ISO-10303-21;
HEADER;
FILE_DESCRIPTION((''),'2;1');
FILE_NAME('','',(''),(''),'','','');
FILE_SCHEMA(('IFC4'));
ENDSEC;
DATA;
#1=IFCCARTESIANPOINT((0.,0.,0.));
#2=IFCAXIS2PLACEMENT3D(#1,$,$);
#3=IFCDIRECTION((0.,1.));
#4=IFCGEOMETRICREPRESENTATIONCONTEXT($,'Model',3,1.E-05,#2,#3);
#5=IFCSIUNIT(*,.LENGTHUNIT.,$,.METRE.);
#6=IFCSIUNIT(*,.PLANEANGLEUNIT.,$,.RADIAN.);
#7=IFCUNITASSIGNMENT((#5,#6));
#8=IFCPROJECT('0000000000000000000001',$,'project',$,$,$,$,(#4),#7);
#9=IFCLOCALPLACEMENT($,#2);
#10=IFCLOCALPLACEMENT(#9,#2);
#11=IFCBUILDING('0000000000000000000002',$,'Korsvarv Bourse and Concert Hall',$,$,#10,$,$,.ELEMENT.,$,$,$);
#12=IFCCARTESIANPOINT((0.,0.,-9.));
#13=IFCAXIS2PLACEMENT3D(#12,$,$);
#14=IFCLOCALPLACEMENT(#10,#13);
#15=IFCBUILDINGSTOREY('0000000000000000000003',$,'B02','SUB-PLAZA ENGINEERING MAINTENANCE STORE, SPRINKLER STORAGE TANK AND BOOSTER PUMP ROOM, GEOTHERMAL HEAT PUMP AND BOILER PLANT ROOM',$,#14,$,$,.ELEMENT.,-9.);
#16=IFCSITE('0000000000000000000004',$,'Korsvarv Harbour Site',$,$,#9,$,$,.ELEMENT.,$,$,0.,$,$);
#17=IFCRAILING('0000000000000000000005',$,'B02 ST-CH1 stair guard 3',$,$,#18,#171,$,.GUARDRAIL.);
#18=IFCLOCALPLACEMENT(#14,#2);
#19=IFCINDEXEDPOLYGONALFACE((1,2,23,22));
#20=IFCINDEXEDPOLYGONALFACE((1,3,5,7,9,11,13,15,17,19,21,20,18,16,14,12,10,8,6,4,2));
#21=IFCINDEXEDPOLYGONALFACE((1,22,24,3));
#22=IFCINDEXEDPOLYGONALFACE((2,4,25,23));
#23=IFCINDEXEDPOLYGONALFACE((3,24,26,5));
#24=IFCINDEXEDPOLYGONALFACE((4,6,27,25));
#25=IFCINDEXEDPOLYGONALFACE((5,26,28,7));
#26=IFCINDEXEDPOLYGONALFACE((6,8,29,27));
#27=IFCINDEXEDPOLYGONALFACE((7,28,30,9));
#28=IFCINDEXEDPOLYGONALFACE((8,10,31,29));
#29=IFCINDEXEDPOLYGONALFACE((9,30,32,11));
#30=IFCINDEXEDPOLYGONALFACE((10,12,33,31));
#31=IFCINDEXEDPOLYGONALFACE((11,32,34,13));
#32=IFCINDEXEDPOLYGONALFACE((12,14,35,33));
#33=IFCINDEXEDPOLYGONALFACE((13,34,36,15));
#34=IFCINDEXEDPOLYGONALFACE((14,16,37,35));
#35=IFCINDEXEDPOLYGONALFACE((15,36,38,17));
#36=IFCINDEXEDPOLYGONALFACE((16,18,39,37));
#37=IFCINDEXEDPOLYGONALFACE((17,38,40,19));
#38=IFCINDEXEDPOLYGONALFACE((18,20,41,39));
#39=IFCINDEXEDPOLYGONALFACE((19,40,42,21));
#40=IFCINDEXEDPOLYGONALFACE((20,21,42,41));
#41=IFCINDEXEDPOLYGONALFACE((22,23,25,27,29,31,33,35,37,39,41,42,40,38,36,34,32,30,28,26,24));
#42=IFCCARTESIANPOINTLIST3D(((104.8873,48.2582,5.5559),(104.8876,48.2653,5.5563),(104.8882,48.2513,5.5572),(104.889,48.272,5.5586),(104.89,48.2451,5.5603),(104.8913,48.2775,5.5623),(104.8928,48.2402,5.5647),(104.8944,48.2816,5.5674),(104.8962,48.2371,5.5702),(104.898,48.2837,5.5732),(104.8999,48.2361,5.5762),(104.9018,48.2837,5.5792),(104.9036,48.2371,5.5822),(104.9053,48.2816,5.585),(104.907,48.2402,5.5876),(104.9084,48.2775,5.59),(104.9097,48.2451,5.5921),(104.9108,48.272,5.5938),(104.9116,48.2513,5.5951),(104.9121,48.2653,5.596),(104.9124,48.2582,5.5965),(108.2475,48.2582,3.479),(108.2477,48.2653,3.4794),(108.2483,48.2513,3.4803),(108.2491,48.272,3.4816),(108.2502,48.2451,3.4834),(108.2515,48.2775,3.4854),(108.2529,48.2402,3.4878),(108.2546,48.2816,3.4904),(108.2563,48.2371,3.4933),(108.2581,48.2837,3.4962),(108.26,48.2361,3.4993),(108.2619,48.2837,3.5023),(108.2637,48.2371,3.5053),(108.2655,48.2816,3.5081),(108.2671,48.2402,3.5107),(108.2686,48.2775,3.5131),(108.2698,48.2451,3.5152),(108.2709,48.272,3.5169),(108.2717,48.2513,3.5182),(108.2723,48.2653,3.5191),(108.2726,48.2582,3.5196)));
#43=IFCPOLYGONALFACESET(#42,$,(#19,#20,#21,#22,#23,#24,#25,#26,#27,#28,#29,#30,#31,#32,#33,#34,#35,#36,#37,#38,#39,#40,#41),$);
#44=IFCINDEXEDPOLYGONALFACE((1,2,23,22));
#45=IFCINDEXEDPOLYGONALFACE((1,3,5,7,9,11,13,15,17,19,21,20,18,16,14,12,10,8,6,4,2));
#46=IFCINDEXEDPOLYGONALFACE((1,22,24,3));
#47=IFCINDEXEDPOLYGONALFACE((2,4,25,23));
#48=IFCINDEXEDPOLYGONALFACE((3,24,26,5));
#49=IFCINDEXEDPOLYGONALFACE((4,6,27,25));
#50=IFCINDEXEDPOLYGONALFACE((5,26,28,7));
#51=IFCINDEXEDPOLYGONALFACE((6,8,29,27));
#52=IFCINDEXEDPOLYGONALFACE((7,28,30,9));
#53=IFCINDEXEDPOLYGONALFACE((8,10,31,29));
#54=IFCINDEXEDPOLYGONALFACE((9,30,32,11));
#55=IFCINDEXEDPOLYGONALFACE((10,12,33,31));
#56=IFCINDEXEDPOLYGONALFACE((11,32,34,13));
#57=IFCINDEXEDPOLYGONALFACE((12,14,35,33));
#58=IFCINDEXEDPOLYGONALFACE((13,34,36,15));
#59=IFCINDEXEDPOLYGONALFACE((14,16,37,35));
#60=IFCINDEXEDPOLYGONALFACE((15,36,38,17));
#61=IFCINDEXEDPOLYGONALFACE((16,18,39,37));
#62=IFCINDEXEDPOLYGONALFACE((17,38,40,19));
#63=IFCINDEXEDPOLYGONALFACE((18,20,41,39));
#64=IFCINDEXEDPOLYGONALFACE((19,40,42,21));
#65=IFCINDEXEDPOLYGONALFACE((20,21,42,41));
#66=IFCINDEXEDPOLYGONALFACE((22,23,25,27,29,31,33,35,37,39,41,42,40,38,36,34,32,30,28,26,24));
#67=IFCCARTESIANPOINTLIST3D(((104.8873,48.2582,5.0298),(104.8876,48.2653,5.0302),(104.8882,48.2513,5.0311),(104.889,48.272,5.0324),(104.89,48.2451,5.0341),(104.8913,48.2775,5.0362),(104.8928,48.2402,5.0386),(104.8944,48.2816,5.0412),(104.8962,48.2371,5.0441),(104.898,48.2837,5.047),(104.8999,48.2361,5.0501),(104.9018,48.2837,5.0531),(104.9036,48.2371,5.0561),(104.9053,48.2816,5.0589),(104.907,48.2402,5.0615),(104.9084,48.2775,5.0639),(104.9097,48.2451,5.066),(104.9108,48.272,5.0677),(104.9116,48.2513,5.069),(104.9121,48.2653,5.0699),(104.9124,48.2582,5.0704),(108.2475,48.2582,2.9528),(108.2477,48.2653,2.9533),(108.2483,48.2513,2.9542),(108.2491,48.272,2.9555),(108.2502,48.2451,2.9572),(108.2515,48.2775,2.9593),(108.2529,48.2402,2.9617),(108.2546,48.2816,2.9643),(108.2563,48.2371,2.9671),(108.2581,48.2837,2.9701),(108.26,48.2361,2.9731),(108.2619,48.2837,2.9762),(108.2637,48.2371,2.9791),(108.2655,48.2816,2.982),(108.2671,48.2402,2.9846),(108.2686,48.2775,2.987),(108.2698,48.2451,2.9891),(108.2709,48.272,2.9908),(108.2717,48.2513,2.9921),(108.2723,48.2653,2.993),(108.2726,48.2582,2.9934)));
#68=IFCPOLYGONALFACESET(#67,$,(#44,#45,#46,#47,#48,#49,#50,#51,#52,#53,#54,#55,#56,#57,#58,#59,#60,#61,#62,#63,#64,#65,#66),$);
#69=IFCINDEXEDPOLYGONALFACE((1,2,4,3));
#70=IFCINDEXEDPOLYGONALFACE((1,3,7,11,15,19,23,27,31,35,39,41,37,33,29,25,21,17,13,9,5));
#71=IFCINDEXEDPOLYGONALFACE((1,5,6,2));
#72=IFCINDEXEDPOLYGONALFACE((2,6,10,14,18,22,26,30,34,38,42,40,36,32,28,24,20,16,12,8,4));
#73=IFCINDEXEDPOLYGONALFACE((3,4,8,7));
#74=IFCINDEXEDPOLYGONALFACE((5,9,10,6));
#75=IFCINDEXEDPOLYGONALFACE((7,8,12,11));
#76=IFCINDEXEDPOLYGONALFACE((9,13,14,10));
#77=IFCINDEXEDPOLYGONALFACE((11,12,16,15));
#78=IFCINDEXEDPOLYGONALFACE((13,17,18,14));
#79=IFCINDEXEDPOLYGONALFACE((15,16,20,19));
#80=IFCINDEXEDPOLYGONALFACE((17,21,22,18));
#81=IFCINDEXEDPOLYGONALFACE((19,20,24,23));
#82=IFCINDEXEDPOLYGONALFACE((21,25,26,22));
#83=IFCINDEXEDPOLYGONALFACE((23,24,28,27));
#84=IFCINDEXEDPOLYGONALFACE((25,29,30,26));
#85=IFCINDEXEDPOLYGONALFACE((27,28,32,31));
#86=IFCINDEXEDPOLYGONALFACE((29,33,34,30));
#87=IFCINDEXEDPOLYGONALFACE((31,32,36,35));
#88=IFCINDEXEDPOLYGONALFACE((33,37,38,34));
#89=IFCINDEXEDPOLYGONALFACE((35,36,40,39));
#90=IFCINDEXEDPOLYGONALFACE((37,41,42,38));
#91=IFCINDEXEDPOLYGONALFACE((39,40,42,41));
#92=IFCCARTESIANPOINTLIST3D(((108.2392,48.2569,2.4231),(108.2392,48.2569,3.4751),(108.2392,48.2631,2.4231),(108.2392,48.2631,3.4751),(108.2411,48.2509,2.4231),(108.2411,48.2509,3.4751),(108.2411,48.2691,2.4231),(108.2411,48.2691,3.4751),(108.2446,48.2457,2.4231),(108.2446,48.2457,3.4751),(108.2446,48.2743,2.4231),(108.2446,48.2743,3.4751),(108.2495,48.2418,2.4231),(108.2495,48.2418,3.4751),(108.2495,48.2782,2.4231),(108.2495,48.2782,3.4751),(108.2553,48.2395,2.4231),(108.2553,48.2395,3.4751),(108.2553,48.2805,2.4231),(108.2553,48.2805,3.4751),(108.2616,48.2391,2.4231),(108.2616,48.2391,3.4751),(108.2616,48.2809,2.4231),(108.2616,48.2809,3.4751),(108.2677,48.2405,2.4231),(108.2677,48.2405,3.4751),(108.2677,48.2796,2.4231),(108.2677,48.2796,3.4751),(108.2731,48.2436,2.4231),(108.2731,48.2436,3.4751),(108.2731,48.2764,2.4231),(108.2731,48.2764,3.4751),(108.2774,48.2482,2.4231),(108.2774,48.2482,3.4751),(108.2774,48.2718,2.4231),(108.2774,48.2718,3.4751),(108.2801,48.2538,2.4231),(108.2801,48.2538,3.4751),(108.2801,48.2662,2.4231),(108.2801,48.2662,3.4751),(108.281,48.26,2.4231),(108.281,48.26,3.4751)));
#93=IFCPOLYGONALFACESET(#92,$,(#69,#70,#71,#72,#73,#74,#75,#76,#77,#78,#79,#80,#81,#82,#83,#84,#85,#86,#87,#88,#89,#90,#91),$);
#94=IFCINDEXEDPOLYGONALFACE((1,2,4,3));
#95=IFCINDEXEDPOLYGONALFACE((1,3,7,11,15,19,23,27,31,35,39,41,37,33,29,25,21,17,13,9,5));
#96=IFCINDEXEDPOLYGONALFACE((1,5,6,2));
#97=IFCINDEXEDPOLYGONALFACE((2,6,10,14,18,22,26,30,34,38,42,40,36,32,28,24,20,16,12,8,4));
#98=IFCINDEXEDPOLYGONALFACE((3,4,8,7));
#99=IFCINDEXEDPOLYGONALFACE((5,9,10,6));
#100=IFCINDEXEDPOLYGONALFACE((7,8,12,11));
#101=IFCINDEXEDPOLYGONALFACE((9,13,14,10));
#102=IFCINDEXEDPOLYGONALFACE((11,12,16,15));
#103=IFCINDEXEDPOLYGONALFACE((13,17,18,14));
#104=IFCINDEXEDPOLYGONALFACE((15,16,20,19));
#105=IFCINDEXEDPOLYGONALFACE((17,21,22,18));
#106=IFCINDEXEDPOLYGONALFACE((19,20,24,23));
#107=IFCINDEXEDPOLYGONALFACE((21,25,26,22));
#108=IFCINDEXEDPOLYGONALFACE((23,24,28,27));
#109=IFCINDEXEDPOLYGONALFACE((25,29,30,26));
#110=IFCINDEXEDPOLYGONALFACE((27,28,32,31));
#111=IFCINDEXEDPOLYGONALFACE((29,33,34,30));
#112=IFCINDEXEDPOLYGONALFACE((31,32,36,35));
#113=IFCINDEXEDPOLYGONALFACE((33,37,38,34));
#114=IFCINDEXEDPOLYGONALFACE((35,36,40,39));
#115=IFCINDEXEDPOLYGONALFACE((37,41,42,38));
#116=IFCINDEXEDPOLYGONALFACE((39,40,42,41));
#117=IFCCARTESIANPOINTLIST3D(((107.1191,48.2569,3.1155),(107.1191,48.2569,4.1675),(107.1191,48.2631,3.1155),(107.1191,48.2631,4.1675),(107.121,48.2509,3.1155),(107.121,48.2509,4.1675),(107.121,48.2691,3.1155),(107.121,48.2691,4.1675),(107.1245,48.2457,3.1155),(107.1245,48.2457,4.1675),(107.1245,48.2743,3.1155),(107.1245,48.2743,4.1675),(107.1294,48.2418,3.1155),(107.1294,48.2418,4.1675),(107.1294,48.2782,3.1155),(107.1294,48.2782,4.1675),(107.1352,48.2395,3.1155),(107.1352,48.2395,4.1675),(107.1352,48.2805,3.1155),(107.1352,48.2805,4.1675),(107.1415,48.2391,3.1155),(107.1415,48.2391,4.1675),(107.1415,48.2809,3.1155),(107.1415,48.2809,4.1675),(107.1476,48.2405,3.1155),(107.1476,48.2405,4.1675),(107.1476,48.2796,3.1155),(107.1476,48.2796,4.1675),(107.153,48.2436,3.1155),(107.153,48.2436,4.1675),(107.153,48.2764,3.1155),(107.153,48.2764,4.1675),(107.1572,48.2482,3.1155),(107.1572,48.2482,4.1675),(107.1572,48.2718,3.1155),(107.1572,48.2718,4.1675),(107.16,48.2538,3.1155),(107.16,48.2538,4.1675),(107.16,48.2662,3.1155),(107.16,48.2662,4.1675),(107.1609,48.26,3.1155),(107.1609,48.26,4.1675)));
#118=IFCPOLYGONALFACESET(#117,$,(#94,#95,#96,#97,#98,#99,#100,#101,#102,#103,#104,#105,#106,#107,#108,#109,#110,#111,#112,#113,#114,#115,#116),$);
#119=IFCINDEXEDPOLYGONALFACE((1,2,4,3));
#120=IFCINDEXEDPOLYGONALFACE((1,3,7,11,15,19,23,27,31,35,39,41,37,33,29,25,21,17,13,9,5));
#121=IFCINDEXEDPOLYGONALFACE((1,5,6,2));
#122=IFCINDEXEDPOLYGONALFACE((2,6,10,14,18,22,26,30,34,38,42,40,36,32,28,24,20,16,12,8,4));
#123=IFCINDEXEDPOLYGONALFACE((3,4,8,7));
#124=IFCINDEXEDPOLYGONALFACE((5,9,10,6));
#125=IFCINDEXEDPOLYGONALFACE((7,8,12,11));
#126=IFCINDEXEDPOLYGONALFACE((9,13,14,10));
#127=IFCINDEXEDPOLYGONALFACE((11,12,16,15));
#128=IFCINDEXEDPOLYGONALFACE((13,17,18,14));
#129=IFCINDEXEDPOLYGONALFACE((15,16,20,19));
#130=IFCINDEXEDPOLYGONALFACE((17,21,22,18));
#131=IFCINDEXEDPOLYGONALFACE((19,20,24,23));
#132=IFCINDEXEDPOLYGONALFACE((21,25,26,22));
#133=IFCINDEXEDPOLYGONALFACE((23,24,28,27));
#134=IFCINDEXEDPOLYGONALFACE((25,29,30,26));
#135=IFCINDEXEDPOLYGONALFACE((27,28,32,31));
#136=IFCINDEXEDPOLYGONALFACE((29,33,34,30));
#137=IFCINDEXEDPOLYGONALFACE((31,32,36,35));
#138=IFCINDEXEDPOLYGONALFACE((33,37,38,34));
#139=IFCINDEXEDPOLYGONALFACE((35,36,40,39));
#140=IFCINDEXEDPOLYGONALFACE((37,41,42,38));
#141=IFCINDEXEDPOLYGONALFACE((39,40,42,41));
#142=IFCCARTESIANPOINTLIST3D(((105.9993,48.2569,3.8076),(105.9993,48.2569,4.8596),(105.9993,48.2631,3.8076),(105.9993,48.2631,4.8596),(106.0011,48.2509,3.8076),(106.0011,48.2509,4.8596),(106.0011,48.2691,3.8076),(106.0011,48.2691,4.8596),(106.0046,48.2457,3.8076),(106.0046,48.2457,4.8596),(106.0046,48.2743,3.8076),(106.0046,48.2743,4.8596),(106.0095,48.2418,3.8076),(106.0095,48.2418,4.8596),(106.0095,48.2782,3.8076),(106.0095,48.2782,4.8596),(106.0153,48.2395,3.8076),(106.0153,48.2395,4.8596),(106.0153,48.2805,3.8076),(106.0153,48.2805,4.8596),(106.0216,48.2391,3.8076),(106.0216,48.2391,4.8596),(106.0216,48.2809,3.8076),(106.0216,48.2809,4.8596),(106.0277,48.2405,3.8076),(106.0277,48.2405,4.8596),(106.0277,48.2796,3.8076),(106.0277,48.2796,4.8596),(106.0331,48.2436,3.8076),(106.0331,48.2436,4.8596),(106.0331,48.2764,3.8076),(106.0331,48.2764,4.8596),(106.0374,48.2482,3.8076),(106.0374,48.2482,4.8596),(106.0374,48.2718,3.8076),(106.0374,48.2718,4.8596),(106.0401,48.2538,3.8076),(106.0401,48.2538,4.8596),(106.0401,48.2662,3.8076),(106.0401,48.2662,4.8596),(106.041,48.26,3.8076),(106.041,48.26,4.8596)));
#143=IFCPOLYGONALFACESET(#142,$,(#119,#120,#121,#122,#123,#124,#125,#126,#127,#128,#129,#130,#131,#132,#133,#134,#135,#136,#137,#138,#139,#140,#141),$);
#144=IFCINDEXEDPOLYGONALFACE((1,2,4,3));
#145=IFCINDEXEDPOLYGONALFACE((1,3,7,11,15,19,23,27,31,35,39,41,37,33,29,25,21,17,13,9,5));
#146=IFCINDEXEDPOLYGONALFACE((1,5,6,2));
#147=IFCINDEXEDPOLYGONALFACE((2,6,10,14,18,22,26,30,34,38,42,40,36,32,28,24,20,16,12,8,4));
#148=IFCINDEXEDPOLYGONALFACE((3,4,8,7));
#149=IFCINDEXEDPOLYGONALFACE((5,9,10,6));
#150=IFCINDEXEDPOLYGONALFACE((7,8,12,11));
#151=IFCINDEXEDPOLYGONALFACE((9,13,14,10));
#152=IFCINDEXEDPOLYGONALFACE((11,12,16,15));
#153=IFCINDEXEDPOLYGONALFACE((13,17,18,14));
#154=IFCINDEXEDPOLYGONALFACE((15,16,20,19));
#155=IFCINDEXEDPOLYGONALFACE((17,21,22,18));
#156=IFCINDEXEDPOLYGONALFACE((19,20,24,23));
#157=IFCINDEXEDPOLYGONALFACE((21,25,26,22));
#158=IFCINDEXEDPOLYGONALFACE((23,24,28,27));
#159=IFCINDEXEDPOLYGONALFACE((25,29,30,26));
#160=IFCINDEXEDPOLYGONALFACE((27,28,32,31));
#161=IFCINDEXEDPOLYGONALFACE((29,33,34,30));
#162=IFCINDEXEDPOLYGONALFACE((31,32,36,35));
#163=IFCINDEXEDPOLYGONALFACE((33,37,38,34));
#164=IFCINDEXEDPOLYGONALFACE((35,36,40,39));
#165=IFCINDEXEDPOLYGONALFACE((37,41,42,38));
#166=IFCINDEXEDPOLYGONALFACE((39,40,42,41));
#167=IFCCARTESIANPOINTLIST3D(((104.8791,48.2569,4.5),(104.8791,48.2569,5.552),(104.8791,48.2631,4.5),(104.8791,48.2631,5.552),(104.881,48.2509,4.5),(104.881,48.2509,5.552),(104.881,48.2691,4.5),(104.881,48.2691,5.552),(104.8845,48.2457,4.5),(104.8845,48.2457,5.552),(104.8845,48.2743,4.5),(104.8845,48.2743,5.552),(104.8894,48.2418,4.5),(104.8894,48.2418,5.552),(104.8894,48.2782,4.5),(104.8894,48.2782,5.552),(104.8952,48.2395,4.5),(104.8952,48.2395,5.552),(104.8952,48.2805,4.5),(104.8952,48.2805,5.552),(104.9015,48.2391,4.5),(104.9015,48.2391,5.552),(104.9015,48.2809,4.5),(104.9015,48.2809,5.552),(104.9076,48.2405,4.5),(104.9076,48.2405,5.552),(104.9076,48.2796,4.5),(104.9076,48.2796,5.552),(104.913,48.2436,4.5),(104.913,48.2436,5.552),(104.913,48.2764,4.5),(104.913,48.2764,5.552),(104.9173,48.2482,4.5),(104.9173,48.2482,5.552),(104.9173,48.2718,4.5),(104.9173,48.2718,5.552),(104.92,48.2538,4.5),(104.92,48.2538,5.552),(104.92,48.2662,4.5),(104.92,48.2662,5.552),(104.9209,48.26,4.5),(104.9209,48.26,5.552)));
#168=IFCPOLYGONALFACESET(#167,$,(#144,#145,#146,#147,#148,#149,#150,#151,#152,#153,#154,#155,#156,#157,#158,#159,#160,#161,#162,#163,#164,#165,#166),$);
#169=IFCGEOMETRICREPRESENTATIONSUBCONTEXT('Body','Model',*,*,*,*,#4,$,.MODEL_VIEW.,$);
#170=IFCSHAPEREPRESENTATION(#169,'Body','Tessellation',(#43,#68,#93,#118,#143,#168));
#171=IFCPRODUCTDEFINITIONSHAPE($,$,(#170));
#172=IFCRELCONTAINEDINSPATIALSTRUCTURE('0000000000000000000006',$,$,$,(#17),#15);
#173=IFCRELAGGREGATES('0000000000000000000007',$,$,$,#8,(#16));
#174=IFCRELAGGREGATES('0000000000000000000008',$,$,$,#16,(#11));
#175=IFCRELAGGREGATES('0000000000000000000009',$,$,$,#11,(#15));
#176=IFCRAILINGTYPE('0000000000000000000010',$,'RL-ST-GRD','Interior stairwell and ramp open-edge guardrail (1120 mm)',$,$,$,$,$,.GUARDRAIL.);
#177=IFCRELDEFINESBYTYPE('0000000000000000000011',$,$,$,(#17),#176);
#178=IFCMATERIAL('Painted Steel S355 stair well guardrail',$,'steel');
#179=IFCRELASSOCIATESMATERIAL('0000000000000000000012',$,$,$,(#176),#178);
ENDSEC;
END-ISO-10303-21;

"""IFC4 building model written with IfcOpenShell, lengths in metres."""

from ifc_helpers import new_model, si_unit, direction, frame, origin, origin_2d, place, context, subcontext, project, spatial, circle, extrude, material, type_object, element, save


model = new_model("IFC4")

# Units and contexts
model_context = context("Model", 3, precision=1e-05, world=origin(), true_north=direction((0.0, 1.0)))
body_context = subcontext(model_context, "Body", "Model", "MODEL_VIEW")
ifc_project = project(units=[si_unit("LENGTHUNIT", "METRE"), si_unit("PLANEANGLEUNIT", "RADIAN")], contexts=[model_context])

# Site, building, storey
site_placement = place(None, origin())
site = spatial("IfcSite", under=ifc_project, at=site_placement, Name="Korsvarv Harbour Site", CompositionType="ELEMENT", RefElevation=0.0)
building_placement = place(site_placement, origin())
building = spatial("IfcBuilding", under=site, at=building_placement, Name="Korsvarv Bourse and Concert Hall", CompositionType="ELEMENT")
storey_placement = place(building_placement, frame((0.0, 0.0, -9.0)))
storey = spatial("IfcBuildingStorey", under=building, at=storey_placement, Name="B02", Description="SUB-PLAZA ENGINEERING MAINTENANCE STORE, SPRINKLER STORAGE TANK AND BOOSTER PUMP ROOM, GEOTHERMAL HEAT PUMP AND BOILER PLANT ROOM", CompositionType="ELEMENT", Elevation=-9.0)

# Railing
ifc_material_1 = material(Name="Painted Steel S355 stair well guardrail", Category="steel")
railing_type_1 = type_object("IfcRailingType", Name="RL-ST-GRD", Description="Interior stairwell and ramp open-edge guardrail (1120 mm)", PredefinedType="GUARDRAIL", material=ifc_material_1)
railing_1_placement = place(storey_placement, frame((108.26, 48.26, 2.4231)))
element("IfcRailing", 1, at=railing_1_placement, inside=storey, type_object=railing_type_1, Name="B02 ST-CH1 stair guard 3", PredefinedType="GUARDRAIL", context=body_context, shape_type="SweptSolid", body=[
    extrude(circle(Radius=0.0239, at=origin_2d()), frame((0.0, 0.0, 1.0762), z_axis=(-0.850623, 0.0, 0.525776), x_axis=(0.0, -1.0, 0.0)), (0.0, 0.0, 1.0), 3.9502),
    extrude(circle(Radius=0.0239, at=origin_2d()), frame((0.0, 0.0, 0.55), z_axis=(-0.850623, 0.0, 0.525776), x_axis=(0.0, -1.0, 0.0)), (0.0, 0.0, 1.0), 3.9502),
    extrude(circle(Radius=0.021, at=origin_2d()), origin(), (0.0, 0.0, 1.0), 1.052),
    extrude(circle(Radius=0.021, at=origin_2d()), frame((-1.1201, 0.0, 0.6924)), (0.0, 0.0, 1.0), 1.052),
    extrude(circle(Radius=0.021, at=origin_2d()), frame((-2.24, 0.0, 1.3845)), (0.0, 0.0, 1.0), 1.052),
    extrude(circle(Radius=0.021, at=origin_2d()), frame((-3.3601, 0.0, 2.0769)), (0.0, 0.0, 1.0), 1.052),
])

save(model, "model.ifc")
